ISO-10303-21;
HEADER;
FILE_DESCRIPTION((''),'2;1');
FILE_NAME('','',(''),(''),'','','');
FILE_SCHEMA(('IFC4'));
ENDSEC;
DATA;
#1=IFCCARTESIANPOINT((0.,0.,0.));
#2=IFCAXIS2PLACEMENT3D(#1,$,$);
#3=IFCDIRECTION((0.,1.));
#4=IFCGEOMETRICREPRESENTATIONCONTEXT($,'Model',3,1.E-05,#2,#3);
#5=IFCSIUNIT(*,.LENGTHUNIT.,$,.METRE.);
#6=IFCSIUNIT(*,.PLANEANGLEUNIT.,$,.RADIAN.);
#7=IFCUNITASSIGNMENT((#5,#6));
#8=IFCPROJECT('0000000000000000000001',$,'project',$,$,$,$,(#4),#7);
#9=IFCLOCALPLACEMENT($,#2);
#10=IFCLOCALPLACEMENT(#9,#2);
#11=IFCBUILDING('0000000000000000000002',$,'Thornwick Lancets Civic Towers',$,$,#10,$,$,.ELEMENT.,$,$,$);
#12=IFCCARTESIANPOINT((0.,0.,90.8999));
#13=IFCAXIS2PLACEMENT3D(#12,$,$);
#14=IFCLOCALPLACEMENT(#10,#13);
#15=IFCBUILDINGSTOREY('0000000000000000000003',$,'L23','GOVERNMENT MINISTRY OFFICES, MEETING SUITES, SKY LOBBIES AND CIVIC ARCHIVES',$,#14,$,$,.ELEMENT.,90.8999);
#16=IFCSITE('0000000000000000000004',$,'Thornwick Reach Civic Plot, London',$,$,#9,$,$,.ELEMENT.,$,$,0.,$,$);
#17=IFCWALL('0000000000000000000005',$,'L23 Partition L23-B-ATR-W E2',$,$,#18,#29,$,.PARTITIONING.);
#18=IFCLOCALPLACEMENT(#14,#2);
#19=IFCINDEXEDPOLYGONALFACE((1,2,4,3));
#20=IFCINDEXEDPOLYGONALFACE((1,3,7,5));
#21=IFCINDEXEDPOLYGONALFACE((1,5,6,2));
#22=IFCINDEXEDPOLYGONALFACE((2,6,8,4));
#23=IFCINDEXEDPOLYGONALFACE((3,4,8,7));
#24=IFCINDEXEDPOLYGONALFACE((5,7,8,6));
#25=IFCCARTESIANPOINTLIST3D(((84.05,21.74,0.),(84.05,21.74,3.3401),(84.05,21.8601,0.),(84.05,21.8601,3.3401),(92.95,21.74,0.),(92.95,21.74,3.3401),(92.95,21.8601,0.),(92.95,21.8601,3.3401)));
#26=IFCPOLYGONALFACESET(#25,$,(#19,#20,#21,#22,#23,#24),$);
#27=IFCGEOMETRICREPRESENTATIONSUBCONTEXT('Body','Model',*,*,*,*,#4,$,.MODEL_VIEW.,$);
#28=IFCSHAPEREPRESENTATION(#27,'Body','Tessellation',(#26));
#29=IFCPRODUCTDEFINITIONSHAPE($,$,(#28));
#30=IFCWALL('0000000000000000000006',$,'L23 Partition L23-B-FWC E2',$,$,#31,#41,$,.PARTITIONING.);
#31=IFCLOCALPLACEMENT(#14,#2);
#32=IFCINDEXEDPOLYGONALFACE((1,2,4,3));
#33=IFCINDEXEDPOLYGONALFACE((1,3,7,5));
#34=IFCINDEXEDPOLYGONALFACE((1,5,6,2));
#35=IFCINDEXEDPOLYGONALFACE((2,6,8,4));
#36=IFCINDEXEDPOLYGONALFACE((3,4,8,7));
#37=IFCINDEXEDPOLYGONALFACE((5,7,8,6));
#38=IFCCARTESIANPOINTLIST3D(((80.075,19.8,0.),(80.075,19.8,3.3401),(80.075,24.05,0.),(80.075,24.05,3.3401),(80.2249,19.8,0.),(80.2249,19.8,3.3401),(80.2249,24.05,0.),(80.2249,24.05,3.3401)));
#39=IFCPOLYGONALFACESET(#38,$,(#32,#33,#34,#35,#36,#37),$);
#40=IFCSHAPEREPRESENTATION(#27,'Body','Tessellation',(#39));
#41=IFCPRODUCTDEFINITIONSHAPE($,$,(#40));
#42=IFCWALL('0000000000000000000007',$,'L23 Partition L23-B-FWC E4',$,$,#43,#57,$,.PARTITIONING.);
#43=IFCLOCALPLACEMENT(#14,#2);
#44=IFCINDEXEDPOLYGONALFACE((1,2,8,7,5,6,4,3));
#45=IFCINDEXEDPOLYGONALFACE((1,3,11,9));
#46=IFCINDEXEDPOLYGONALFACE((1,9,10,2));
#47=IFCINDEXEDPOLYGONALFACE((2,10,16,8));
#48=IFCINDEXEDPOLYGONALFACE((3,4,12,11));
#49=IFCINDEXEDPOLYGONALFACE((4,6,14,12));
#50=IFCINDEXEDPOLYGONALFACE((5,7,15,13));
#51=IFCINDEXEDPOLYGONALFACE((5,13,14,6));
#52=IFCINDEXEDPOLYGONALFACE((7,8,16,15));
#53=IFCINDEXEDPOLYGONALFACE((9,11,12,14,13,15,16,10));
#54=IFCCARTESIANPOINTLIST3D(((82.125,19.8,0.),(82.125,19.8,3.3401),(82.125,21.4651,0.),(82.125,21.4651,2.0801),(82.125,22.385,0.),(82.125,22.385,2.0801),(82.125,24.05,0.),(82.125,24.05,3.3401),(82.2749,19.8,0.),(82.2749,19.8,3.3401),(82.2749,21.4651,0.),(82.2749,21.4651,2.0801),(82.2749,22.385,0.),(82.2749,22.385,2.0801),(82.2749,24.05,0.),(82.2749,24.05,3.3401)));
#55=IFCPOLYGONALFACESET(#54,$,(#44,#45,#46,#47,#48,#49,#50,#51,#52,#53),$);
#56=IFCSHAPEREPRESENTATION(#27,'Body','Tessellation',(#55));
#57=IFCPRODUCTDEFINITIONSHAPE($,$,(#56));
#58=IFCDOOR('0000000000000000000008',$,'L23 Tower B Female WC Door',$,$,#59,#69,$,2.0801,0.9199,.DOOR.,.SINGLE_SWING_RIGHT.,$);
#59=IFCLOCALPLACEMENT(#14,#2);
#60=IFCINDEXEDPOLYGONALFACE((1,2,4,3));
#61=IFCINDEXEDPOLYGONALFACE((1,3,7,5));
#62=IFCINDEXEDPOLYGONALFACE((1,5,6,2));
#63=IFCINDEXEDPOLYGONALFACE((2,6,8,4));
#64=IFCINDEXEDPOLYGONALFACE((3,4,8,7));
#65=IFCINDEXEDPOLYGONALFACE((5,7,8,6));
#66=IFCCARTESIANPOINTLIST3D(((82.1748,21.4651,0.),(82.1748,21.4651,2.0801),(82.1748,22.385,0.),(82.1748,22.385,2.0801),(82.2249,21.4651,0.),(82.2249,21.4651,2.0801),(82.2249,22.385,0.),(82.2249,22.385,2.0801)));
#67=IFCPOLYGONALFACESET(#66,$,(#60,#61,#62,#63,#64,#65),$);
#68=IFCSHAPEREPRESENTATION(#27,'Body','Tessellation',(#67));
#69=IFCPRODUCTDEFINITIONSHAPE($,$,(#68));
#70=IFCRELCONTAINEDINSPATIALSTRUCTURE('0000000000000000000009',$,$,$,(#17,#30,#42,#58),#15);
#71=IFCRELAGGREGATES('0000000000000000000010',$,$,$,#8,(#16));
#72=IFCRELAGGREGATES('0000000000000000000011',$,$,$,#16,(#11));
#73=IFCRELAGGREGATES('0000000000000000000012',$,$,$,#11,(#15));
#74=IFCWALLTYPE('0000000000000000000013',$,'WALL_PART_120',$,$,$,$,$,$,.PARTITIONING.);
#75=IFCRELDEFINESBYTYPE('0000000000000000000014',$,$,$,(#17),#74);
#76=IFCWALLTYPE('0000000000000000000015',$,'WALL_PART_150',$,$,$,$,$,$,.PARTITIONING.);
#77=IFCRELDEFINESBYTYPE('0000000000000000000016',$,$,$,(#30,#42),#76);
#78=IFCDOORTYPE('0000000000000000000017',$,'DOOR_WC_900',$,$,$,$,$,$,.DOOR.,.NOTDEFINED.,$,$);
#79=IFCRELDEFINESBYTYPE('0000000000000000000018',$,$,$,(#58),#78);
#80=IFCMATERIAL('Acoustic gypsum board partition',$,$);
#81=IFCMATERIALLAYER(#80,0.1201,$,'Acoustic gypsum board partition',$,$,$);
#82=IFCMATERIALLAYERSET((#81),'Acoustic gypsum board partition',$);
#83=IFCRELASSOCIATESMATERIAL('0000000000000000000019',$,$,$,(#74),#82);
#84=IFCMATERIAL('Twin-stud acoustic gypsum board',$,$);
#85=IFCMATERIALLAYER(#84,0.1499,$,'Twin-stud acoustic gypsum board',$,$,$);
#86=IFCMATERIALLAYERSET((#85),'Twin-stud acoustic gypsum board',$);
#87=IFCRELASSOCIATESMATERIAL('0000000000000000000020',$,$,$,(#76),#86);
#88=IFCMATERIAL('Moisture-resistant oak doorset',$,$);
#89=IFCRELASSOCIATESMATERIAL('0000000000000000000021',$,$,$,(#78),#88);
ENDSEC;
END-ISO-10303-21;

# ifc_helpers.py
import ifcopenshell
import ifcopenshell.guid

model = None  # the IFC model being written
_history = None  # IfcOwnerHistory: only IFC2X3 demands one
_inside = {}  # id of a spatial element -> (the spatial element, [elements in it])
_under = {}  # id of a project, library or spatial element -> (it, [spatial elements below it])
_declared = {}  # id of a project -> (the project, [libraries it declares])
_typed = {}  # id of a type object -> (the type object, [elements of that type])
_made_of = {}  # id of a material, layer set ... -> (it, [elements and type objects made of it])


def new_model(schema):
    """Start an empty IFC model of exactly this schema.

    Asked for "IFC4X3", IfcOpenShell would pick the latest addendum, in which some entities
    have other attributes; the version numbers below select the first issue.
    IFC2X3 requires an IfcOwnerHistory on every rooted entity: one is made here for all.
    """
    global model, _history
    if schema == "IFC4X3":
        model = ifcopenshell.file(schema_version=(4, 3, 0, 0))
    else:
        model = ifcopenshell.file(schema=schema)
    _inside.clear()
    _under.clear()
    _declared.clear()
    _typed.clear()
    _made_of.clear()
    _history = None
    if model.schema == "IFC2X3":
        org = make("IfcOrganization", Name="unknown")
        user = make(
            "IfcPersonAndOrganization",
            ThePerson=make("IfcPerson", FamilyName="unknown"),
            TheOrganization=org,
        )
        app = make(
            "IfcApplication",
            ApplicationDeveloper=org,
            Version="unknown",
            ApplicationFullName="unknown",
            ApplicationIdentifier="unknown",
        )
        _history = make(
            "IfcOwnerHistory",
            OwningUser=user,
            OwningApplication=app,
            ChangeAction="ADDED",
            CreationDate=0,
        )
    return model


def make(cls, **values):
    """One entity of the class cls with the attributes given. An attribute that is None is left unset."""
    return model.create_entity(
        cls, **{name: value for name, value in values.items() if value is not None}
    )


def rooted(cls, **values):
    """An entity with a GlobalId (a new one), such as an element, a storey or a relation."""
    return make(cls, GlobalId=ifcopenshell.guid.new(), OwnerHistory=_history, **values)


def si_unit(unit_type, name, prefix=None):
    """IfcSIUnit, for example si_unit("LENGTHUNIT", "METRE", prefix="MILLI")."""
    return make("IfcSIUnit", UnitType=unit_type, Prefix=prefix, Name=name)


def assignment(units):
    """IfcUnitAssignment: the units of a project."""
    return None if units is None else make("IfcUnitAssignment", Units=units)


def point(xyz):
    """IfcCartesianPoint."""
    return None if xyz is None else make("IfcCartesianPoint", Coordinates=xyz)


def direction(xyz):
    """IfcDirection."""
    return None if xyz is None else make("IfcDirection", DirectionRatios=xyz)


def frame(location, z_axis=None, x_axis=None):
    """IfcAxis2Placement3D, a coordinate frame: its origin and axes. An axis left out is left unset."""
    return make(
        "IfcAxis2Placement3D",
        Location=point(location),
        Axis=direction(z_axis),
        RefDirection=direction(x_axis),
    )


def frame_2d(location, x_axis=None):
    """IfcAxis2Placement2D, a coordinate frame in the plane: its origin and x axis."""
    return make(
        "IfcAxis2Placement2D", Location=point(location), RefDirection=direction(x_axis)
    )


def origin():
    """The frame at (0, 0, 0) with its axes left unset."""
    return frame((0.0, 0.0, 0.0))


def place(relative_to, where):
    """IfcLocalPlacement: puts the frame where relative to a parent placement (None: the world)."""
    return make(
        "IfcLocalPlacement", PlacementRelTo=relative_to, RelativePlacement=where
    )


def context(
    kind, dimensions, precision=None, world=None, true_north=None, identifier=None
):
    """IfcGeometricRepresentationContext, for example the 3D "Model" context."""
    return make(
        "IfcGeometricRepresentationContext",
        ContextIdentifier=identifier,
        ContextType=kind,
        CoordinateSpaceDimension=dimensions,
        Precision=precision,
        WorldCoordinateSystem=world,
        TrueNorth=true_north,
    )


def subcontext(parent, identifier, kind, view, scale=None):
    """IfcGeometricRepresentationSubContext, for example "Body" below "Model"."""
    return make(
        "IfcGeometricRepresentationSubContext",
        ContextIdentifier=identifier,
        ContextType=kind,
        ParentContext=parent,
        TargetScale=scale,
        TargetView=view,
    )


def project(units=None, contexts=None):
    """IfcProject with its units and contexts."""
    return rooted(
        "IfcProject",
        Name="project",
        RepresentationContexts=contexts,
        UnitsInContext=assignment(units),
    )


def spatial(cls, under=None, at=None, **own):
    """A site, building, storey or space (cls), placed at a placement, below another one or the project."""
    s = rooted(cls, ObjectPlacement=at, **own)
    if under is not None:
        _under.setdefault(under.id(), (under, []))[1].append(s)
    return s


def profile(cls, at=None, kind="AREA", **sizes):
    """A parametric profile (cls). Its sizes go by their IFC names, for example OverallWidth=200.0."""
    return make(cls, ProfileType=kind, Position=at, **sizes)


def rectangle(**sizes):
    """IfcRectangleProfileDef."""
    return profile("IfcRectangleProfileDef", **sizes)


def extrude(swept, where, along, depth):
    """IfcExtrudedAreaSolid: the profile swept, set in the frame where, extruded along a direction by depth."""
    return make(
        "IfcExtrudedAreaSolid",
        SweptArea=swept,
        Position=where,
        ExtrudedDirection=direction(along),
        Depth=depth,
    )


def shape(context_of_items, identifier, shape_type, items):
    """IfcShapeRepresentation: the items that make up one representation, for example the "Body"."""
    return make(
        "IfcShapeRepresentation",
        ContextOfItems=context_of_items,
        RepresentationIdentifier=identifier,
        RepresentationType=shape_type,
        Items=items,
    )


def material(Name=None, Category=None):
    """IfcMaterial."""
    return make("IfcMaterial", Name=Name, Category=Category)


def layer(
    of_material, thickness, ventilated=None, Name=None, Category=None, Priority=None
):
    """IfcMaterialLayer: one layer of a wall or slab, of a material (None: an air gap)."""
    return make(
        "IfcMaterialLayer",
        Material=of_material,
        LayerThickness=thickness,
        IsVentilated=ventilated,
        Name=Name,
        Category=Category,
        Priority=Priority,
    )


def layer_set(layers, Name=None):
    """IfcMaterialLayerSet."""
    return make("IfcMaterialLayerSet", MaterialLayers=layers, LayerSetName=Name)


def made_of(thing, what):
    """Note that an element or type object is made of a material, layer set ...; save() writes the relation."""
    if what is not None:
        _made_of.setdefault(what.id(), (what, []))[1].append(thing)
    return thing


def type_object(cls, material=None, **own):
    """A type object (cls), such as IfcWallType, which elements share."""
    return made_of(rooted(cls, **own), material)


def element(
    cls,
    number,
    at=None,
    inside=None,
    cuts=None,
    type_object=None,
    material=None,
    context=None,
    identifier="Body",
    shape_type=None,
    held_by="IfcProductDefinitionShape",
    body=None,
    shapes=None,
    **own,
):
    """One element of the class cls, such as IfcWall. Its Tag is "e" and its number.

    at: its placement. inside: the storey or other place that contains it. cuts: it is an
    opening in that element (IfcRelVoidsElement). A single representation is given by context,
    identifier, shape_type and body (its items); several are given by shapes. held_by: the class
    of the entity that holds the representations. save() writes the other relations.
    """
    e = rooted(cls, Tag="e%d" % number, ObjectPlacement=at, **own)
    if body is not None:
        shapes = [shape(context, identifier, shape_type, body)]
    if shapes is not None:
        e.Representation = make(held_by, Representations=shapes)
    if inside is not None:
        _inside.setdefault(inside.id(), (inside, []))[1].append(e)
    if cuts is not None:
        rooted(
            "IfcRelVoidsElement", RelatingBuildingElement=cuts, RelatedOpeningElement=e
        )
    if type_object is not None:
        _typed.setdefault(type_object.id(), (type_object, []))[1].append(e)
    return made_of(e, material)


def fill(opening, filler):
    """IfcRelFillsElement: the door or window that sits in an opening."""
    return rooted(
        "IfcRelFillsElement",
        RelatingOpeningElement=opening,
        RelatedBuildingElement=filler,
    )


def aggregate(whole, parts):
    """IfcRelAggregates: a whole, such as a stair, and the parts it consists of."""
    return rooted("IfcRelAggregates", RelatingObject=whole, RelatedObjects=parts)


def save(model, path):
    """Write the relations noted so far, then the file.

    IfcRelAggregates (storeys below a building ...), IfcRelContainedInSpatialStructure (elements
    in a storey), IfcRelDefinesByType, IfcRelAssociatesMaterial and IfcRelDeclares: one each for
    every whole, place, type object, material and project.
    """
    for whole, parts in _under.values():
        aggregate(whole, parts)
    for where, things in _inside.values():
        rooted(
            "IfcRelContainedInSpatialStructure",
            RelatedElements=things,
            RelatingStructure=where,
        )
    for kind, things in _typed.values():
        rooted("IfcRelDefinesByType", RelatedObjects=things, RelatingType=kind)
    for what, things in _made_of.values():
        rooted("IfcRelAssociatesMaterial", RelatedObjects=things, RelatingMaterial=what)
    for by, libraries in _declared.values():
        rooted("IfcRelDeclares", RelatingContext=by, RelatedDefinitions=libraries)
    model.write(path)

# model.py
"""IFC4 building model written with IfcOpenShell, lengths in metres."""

from ifc_helpers import new_model, si_unit, direction, frame, frame_2d, origin, place, context, subcontext, project, spatial, rectangle, extrude, material, layer, layer_set, type_object, element, fill, save


model = new_model("IFC4")

# Units and contexts
model_context = context("Model", 3, precision=1e-05, world=origin(), true_north=direction((0.0, 1.0)))
body_context = subcontext(model_context, "Body", "Model", "MODEL_VIEW")
ifc_project = project(units=[si_unit("LENGTHUNIT", "METRE"), si_unit("PLANEANGLEUNIT", "RADIAN")], contexts=[model_context])

# Site, building, storey
site_placement = place(None, origin())
site = spatial("IfcSite", under=ifc_project, at=site_placement, Name="Thornwick Reach Civic Plot, London", CompositionType="ELEMENT", RefElevation=0.0)
building_placement = place(site_placement, origin())
building = spatial("IfcBuilding", under=site, at=building_placement, Name="Thornwick Lancets Civic Towers", CompositionType="ELEMENT")
storey_placement = place(building_placement, frame((0.0, 0.0, 90.8999)))
storey = spatial("IfcBuildingStorey", under=building, at=storey_placement, Name="L23", Description="GOVERNMENT MINISTRY OFFICES, MEETING SUITES, SKY LOBBIES AND CIVIC ARCHIVES", CompositionType="ELEMENT", Elevation=90.8999)

# Walls
ifc_material_1 = material(Name="Acoustic gypsum board partition")
ifc_layer_1 = layer(ifc_material_1, 0.1201, Name="Acoustic gypsum board partition")
ifc_layer_set_1 = layer_set([ifc_layer_1], Name="Acoustic gypsum board partition")
wall_type_1 = type_object("IfcWallType", Name="WALL_PART_120", PredefinedType="PARTITIONING", material=ifc_layer_set_1)
wall_1_placement = place(storey_placement, frame((84.05, 21.8, 0.0), z_axis=(0.0, 0.0, 1.0), x_axis=(1.0, 0.0, 0.0)))
element("IfcWall", 1, at=wall_1_placement, inside=storey, type_object=wall_type_1, Name="L23 Partition L23-B-ATR-W E2", PredefinedType="PARTITIONING", context=body_context, shape_type="SweptSolid", body=[
    extrude(rectangle(XDim=8.8999, YDim=0.1201, at=frame_2d((4.45, 0.0))), origin(), (0.0, 0.0, 1.0), 3.3401),
])
ifc_material_2 = material(Name="Twin-stud acoustic gypsum board")
ifc_layer_2 = layer(ifc_material_2, 0.1499, Name="Twin-stud acoustic gypsum board")
ifc_layer_set_2 = layer_set([ifc_layer_2], Name="Twin-stud acoustic gypsum board")
wall_type_2 = type_object("IfcWallType", Name="WALL_PART_150", PredefinedType="PARTITIONING", material=ifc_layer_set_2)
wall_2_placement = place(storey_placement, frame((80.1499, 19.8, 0.0), z_axis=(0.0, 0.0, 1.0), x_axis=(0.0, 1.0, 0.0)))
element("IfcWall", 2, at=wall_2_placement, inside=storey, type_object=wall_type_2, Name="L23 Partition L23-B-FWC E2", PredefinedType="PARTITIONING", context=body_context, shape_type="SweptSolid", body=[
    extrude(rectangle(XDim=4.25, YDim=0.1499, at=frame_2d((2.125, 0.0))), origin(), (0.0, 0.0, 1.0), 3.3401),
])

# Wall, opening, door
wall_3_placement = place(storey_placement, frame((82.2, 24.05, 0.0), z_axis=(0.0, 0.0, 1.0), x_axis=(0.0, -1.0, 0.0)))
wall_3 = element("IfcWall", 3, at=wall_3_placement, inside=storey, type_object=wall_type_2, Name="L23 Partition L23-B-FWC E4", PredefinedType="PARTITIONING", context=body_context, shape_type="SweptSolid", body=[
    extrude(rectangle(XDim=4.25, YDim=0.1499, at=frame_2d((2.125, 0.0))), origin(), (0.0, 0.0, 1.0), 3.3401),
])
opening_1_placement = place(wall_3_placement, frame((1.665, 0.0, 0.0)))
opening_1 = element("IfcOpeningElement", 4, at=opening_1_placement, cuts=wall_3, PredefinedType="OPENING", context=body_context, shape_type="SweptSolid", body=[
    extrude(rectangle(XDim=0.9199, YDim=2.0801, at=frame_2d((0.46, 1.04))), frame((0.0, 0.085, 0.0), z_axis=(0.0, -1.0, 0.0), x_axis=(1.0, 0.0, 0.0)), (0.0, 0.0, 1.0), 0.1699),
])
ifc_material_3 = material(Name="Moisture-resistant oak doorset")
door_type_1 = type_object("IfcDoorType", Name="DOOR_WC_900", OperationType="NOTDEFINED", PredefinedType="DOOR", material=ifc_material_3)
door_1_placement = place(opening_1_placement, origin())
door_1 = element("IfcDoor", 5, at=door_1_placement, inside=storey, type_object=door_type_1, Name="L23 Tower B Female WC Door", OperationType="SINGLE_SWING_RIGHT", OverallHeight=2.0801, OverallWidth=0.9199, PredefinedType="DOOR", context=body_context, shape_type="SweptSolid", body=[
    extrude(rectangle(XDim=0.9199, YDim=2.0801, at=frame_2d((0.46, 1.04))), frame((0.0, 0.0249, 0.0), z_axis=(0.0, -1.0, 0.0), x_axis=(1.0, 0.0, 0.0)), (0.0, 0.0, 1.0), 0.05),
])
fill(opening_1, door_1)

save(model, "model.ifc")
